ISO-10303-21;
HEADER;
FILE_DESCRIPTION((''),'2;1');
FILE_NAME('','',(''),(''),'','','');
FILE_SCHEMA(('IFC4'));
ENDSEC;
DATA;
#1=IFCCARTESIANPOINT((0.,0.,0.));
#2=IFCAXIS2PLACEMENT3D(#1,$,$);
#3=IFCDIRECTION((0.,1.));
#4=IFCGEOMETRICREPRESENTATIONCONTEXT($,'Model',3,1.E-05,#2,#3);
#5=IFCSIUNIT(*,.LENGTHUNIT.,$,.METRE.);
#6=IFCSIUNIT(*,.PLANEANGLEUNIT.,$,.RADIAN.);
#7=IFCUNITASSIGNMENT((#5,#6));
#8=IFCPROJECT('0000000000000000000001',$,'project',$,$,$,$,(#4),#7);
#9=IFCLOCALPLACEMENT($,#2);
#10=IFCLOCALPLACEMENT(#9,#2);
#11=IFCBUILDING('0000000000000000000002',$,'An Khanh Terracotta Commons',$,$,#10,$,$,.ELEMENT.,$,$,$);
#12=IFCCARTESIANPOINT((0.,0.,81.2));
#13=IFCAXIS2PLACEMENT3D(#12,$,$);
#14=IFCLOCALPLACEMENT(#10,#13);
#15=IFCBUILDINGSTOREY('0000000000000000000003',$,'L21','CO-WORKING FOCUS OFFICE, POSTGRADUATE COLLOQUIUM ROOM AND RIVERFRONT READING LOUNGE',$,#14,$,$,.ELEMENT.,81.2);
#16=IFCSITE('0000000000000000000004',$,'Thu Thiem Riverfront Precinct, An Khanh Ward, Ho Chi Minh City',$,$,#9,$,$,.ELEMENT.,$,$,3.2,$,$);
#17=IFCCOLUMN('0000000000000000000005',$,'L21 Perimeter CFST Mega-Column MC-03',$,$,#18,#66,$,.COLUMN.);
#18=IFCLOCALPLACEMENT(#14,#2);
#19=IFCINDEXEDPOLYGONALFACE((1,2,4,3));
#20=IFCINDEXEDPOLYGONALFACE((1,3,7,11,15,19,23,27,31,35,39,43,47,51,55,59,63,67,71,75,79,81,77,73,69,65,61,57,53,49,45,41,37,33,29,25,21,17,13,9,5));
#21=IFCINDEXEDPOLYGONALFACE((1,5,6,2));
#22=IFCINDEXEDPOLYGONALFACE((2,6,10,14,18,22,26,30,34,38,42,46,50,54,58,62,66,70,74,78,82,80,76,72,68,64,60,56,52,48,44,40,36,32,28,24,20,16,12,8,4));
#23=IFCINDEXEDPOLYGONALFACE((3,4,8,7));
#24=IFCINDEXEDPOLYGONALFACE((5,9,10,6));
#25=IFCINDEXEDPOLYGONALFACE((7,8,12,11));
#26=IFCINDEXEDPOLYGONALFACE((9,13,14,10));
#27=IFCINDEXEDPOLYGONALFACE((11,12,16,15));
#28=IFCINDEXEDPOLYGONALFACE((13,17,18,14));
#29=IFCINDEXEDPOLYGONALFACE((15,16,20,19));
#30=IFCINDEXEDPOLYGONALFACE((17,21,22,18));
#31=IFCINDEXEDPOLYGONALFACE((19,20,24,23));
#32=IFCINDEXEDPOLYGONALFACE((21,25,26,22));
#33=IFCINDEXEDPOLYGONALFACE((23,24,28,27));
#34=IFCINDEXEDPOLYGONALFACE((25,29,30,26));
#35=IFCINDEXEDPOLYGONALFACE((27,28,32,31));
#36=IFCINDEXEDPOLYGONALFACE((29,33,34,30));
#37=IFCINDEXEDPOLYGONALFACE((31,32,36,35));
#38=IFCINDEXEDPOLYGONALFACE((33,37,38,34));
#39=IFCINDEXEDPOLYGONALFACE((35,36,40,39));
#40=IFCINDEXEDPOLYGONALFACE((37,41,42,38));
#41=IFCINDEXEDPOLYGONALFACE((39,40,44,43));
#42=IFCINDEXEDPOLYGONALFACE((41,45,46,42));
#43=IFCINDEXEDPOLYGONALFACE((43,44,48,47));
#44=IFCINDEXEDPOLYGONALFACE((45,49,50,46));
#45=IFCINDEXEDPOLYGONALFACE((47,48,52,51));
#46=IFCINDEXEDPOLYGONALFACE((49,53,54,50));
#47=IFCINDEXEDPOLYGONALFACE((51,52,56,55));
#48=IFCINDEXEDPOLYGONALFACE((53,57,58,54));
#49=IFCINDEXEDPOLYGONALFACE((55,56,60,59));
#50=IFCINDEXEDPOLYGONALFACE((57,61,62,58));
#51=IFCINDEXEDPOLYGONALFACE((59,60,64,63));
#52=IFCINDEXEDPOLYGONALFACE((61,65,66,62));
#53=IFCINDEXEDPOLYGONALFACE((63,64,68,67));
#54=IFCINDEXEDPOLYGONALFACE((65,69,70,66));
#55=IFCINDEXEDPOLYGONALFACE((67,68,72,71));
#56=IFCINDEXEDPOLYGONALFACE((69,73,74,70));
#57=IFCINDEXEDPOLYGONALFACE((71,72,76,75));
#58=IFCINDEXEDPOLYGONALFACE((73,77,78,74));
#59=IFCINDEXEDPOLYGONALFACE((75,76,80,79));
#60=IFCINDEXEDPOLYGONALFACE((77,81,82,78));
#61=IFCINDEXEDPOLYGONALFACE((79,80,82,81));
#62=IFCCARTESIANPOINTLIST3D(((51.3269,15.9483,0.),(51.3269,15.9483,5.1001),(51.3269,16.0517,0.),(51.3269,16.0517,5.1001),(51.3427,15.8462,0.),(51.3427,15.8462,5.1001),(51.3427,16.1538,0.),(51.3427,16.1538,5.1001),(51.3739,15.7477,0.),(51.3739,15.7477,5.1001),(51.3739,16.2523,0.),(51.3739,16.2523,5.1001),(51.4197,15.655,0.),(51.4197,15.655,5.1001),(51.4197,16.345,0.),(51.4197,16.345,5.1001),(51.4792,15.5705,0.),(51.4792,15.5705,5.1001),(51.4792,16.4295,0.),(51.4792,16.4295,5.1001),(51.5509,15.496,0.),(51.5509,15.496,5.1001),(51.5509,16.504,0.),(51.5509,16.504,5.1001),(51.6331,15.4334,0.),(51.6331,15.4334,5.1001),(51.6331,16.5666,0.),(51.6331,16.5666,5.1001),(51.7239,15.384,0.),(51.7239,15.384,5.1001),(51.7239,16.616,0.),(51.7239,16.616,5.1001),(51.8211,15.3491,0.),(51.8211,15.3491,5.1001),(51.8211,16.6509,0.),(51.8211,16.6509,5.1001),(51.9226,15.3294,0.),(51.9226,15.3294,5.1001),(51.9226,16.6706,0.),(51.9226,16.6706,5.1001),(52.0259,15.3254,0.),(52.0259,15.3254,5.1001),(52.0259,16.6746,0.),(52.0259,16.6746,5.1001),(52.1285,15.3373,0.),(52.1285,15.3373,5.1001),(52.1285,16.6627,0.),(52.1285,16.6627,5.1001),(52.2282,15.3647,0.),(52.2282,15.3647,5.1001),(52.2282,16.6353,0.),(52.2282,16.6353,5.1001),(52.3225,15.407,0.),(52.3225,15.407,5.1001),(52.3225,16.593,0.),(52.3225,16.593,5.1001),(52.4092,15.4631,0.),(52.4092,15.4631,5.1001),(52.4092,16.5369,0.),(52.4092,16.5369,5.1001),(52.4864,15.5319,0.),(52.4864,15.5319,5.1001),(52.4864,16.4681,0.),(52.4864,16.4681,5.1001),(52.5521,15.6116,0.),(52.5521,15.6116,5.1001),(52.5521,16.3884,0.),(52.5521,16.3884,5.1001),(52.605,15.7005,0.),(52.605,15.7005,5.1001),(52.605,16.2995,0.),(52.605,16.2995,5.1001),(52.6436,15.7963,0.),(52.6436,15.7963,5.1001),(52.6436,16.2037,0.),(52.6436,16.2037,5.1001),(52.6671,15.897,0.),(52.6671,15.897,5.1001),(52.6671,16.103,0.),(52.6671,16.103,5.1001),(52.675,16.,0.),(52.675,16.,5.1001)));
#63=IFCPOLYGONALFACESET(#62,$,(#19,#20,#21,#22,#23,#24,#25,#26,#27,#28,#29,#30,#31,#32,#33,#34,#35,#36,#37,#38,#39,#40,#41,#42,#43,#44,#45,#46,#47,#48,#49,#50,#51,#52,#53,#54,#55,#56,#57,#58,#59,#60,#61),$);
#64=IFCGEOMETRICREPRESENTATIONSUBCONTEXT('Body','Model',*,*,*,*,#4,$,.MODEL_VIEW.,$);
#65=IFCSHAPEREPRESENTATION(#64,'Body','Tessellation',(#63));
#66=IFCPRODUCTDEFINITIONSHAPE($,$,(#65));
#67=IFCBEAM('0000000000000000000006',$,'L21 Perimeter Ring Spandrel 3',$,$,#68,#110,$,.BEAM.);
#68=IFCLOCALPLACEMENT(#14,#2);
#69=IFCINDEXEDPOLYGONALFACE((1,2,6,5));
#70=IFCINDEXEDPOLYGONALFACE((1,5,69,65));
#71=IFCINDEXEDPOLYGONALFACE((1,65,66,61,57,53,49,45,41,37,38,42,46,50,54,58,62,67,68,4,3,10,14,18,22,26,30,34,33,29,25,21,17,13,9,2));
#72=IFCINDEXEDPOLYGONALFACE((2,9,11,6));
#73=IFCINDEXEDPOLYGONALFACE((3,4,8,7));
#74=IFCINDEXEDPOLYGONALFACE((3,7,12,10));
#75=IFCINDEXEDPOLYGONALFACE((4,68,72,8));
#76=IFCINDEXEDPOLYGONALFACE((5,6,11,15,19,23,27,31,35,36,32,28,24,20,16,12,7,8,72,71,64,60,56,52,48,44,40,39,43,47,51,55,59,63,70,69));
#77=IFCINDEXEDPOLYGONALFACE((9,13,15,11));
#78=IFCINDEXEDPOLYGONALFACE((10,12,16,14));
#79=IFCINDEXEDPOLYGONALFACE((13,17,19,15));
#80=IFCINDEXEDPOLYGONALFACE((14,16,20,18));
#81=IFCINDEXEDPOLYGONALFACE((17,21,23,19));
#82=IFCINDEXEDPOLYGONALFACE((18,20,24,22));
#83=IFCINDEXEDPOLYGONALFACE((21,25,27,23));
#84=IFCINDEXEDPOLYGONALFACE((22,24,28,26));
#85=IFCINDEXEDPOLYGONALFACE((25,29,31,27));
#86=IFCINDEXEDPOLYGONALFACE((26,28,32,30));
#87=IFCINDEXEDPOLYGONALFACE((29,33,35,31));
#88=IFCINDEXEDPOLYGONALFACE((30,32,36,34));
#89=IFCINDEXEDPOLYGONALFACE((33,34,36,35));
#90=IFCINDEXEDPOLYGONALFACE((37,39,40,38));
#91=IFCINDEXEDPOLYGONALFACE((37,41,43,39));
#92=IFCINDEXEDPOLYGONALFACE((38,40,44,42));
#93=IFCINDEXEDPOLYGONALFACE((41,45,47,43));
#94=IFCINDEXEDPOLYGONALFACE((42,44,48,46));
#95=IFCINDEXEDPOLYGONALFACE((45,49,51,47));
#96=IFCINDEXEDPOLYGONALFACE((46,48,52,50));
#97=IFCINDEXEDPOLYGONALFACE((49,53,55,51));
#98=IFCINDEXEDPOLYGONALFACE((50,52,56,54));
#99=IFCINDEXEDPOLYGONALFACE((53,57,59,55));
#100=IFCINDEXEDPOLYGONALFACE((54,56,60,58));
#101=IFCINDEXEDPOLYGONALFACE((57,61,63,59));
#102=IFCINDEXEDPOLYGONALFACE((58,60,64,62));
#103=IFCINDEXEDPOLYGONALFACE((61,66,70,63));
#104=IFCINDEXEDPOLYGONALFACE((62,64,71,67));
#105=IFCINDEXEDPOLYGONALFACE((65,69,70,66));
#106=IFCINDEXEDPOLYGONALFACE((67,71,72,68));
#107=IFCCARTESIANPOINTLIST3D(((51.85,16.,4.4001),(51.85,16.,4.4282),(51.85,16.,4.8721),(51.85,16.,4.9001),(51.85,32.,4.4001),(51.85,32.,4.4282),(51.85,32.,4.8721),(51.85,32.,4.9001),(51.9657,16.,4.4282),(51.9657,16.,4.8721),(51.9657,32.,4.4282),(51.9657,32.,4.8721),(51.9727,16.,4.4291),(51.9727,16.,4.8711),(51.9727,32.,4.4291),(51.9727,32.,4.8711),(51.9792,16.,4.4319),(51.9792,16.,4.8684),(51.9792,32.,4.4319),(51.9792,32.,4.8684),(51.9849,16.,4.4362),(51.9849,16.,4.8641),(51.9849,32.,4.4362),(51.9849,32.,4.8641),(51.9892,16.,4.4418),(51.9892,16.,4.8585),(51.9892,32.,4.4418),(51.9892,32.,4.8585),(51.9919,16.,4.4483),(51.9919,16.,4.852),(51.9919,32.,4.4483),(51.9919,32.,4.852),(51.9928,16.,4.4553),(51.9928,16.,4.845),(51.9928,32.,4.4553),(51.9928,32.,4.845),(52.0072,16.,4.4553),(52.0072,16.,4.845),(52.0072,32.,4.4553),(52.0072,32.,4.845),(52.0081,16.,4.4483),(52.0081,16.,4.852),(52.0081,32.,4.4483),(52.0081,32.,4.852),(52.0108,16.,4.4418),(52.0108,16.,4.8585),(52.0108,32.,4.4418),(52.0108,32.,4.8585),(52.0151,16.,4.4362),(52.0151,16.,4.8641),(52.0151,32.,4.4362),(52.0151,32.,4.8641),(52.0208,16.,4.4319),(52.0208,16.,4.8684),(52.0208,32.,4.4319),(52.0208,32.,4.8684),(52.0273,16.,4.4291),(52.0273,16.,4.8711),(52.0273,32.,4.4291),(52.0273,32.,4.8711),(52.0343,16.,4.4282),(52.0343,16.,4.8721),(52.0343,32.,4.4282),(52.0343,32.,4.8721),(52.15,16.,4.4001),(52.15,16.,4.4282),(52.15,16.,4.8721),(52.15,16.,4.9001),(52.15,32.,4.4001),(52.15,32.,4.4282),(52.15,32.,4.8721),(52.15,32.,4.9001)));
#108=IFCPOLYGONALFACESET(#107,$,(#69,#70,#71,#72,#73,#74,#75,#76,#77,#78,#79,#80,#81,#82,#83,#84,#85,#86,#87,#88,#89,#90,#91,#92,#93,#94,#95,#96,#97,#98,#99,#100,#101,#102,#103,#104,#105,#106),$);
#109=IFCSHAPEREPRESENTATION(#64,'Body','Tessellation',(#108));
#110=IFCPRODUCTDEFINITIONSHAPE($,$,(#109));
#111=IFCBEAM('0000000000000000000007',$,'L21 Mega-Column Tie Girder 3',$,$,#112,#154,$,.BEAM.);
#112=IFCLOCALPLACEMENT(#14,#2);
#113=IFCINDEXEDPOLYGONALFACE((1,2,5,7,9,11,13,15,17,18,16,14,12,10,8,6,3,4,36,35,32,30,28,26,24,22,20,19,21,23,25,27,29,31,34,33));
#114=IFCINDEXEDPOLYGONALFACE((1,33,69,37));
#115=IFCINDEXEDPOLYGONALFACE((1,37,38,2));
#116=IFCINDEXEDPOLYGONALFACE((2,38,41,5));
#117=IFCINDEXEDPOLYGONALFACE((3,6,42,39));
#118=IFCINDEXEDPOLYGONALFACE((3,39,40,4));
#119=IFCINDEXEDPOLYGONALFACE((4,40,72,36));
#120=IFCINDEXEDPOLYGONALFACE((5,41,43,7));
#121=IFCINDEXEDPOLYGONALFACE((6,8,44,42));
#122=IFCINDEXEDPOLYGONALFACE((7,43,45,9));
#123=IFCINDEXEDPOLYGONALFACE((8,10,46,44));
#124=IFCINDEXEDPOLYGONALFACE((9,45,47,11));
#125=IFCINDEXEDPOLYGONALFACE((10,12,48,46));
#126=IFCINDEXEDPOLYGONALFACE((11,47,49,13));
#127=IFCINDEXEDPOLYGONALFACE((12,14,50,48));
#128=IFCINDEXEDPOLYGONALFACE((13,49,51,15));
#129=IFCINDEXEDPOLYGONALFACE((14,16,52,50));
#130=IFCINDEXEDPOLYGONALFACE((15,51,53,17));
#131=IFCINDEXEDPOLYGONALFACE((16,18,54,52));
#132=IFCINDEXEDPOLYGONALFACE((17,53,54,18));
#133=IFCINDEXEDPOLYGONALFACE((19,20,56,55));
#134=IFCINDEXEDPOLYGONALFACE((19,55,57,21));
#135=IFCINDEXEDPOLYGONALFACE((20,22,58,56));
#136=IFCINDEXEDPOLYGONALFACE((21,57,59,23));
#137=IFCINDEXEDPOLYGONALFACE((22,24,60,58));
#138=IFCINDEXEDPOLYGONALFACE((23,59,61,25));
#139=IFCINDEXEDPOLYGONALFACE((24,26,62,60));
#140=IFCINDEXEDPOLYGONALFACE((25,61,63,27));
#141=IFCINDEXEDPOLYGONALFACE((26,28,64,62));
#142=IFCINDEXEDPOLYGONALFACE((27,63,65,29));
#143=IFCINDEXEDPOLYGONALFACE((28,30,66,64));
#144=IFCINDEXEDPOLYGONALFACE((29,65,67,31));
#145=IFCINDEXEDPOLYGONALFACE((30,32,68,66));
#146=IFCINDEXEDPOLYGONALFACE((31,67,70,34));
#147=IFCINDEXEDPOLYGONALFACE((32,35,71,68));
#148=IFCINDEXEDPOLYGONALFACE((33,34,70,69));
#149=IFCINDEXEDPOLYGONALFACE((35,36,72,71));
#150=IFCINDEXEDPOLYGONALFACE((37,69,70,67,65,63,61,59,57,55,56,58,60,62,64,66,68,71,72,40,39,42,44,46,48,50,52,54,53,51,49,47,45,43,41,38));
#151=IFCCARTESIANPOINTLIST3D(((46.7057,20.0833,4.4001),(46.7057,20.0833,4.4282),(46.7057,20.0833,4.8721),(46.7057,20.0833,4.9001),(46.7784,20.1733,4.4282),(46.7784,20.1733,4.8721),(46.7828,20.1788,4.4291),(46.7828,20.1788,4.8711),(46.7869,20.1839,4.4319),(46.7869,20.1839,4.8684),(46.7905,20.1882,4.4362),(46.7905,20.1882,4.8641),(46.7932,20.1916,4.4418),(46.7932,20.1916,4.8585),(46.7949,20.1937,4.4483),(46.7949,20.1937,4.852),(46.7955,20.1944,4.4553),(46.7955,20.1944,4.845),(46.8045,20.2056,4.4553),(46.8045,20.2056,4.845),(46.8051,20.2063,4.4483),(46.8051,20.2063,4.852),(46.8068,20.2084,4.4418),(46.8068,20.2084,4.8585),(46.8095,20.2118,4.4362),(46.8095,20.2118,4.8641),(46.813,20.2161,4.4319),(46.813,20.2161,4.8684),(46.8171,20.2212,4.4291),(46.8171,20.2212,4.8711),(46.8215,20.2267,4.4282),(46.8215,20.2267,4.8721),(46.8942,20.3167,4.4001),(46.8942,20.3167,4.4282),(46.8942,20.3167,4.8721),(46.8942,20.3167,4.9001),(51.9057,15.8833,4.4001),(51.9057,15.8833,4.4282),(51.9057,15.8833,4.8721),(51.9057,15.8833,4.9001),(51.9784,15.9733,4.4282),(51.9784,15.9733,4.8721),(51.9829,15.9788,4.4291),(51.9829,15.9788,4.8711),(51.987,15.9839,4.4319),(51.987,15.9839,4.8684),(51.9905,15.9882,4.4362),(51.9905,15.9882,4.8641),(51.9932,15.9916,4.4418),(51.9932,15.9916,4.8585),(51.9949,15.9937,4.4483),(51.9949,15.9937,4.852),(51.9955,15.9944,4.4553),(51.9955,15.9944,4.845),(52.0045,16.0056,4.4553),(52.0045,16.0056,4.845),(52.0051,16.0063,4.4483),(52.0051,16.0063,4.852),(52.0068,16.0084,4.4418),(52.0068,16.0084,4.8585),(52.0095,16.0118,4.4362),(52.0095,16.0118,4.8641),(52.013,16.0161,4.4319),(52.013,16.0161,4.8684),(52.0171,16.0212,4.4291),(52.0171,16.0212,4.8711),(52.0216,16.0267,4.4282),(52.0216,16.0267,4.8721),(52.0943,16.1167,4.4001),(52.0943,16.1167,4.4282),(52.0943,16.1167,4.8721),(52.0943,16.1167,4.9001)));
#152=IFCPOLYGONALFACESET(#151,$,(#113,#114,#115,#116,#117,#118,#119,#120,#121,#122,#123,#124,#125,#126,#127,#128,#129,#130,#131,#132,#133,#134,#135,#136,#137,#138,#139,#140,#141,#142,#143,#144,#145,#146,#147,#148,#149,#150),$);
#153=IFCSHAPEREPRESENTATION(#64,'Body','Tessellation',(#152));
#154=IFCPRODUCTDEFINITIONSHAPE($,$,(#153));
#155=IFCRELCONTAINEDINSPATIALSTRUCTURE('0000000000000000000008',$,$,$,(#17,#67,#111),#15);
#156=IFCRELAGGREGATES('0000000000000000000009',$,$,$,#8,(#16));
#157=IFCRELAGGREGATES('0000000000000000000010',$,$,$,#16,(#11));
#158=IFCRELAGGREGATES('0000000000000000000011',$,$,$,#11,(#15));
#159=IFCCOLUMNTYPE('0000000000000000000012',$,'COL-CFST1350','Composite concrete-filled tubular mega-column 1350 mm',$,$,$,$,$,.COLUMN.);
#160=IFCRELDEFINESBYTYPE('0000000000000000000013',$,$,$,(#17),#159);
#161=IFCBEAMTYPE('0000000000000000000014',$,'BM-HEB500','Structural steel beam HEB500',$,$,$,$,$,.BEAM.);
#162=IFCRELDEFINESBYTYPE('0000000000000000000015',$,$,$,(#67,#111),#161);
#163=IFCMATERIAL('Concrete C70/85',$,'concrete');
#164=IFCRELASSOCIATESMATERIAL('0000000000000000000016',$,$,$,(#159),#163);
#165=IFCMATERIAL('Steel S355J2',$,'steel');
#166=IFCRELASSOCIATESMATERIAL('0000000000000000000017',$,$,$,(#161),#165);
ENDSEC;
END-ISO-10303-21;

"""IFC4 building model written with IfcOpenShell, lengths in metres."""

from ifc_helpers import new_model, si_unit, direction, frame, origin, origin_2d, place, context, subcontext, project, spatial, circle, i_section, extrude, material, material_profile, profile_set, type_object, element, save


model = new_model("IFC4")

# Units and contexts
model_context = context("Model", 3, precision=1e-05, world=origin(), true_north=direction((0.0, 1.0)))
body_context = subcontext(model_context, "Body", "Model", "MODEL_VIEW")
ifc_project = project(units=[si_unit("LENGTHUNIT", "METRE"), si_unit("PLANEANGLEUNIT", "RADIAN")], contexts=[model_context])

# Site, building, storey
site_placement = place(None, origin())
site = spatial("IfcSite", under=ifc_project, at=site_placement, Name="Thu Thiem Riverfront Precinct, An Khanh Ward, Ho Chi Minh City", CompositionType="ELEMENT", RefElevation=3.2)
building_placement = place(site_placement, origin())
building = spatial("IfcBuilding", under=site, at=building_placement, Name="An Khanh Terracotta Commons", CompositionType="ELEMENT")
storey_placement = place(building_placement, frame((0.0, 0.0, 81.2)))
storey = spatial("IfcBuildingStorey", under=building, at=storey_placement, Name="L21", Description="CO-WORKING FOCUS OFFICE, POSTGRADUATE COLLOQUIUM ROOM AND RIVERFRONT READING LOUNGE", CompositionType="ELEMENT", Elevation=81.2)

# Column
ifc_material_1 = material(Name="Concrete C70/85", Category="concrete")
ifc_material_profile_1 = material_profile(ifc_material_1, circle(Radius=0.675, at=origin_2d()), Name="CFST1350")
ifc_profile_set_1 = profile_set([ifc_material_profile_1], Name="Concrete C70/85")
column_type = type_object("IfcColumnType", Name="COL-CFST1350", Description="Composite concrete-filled tubular mega-column 1350 mm", PredefinedType="COLUMN", material=ifc_profile_set_1)
column_placement = place(storey_placement, frame((52.0, 16.0, 0.0), z_axis=(0.0, 0.0, 1.0), x_axis=(1.0, 0.0, 0.0)))
element("IfcColumn", 1, at=column_placement, inside=storey, type_object=column_type, Name="L21 Perimeter CFST Mega-Column MC-03", PredefinedType="COLUMN", context=body_context, shape_type="SweptSolid", body=[
    extrude(circle(Radius=0.675, at=origin_2d()), origin(), (0.0, 0.0, 1.0), 5.1001),
])

# Beams
ifc_material_2 = material(Name="Steel S355J2", Category="steel")
ifc_material_profile_2 = material_profile(ifc_material_2, i_section(OverallWidth=0.3, OverallDepth=0.5, WebThickness=0.0144, FlangeThickness=0.0281, FilletRadius=0.0271, at=origin_2d()), Name="HEB500")
ifc_profile_set_2 = profile_set([ifc_material_profile_2], Name="Steel S355J2")
beam_type = type_object("IfcBeamType", Name="BM-HEB500", Description="Structural steel beam HEB500", PredefinedType="BEAM", material=ifc_profile_set_2)
beam_1_placement = place(storey_placement, frame((52.0, 16.0, 4.6501), z_axis=(0.0, 1.0, 0.0), x_axis=(-1.0, 0.0, 0.0)))
element("IfcBeam", 2, at=beam_1_placement, inside=storey, type_object=beam_type, Name="L21 Perimeter Ring Spandrel 3", PredefinedType="BEAM", context=body_context, shape_type="SweptSolid", body=[
    extrude(i_section(OverallWidth=0.3, OverallDepth=0.5, WebThickness=0.0144, FlangeThickness=0.0281, FilletRadius=0.0271, at=origin_2d()), origin(), (0.0, 0.0, 1.0), 16.0),
])
beam_2_placement = place(storey_placement, frame((52.0, 16.0, 4.6501), z_axis=(-0.777942, 0.628336, 0.0), x_axis=(-0.628336, -0.777942, 0.0)))
element("IfcBeam", 3, at=beam_2_placement, inside=storey, type_object=beam_type, Name="L21 Mega-Column Tie Girder 3", PredefinedType="BEAM", context=body_context, shape_type="SweptSolid", body=[
    extrude(i_section(OverallWidth=0.3, OverallDepth=0.5, WebThickness=0.0144, FlangeThickness=0.0281, FilletRadius=0.0271, at=origin_2d()), origin(), (0.0, 0.0, 1.0), 6.6843),
])

save(model, "model.ifc")
